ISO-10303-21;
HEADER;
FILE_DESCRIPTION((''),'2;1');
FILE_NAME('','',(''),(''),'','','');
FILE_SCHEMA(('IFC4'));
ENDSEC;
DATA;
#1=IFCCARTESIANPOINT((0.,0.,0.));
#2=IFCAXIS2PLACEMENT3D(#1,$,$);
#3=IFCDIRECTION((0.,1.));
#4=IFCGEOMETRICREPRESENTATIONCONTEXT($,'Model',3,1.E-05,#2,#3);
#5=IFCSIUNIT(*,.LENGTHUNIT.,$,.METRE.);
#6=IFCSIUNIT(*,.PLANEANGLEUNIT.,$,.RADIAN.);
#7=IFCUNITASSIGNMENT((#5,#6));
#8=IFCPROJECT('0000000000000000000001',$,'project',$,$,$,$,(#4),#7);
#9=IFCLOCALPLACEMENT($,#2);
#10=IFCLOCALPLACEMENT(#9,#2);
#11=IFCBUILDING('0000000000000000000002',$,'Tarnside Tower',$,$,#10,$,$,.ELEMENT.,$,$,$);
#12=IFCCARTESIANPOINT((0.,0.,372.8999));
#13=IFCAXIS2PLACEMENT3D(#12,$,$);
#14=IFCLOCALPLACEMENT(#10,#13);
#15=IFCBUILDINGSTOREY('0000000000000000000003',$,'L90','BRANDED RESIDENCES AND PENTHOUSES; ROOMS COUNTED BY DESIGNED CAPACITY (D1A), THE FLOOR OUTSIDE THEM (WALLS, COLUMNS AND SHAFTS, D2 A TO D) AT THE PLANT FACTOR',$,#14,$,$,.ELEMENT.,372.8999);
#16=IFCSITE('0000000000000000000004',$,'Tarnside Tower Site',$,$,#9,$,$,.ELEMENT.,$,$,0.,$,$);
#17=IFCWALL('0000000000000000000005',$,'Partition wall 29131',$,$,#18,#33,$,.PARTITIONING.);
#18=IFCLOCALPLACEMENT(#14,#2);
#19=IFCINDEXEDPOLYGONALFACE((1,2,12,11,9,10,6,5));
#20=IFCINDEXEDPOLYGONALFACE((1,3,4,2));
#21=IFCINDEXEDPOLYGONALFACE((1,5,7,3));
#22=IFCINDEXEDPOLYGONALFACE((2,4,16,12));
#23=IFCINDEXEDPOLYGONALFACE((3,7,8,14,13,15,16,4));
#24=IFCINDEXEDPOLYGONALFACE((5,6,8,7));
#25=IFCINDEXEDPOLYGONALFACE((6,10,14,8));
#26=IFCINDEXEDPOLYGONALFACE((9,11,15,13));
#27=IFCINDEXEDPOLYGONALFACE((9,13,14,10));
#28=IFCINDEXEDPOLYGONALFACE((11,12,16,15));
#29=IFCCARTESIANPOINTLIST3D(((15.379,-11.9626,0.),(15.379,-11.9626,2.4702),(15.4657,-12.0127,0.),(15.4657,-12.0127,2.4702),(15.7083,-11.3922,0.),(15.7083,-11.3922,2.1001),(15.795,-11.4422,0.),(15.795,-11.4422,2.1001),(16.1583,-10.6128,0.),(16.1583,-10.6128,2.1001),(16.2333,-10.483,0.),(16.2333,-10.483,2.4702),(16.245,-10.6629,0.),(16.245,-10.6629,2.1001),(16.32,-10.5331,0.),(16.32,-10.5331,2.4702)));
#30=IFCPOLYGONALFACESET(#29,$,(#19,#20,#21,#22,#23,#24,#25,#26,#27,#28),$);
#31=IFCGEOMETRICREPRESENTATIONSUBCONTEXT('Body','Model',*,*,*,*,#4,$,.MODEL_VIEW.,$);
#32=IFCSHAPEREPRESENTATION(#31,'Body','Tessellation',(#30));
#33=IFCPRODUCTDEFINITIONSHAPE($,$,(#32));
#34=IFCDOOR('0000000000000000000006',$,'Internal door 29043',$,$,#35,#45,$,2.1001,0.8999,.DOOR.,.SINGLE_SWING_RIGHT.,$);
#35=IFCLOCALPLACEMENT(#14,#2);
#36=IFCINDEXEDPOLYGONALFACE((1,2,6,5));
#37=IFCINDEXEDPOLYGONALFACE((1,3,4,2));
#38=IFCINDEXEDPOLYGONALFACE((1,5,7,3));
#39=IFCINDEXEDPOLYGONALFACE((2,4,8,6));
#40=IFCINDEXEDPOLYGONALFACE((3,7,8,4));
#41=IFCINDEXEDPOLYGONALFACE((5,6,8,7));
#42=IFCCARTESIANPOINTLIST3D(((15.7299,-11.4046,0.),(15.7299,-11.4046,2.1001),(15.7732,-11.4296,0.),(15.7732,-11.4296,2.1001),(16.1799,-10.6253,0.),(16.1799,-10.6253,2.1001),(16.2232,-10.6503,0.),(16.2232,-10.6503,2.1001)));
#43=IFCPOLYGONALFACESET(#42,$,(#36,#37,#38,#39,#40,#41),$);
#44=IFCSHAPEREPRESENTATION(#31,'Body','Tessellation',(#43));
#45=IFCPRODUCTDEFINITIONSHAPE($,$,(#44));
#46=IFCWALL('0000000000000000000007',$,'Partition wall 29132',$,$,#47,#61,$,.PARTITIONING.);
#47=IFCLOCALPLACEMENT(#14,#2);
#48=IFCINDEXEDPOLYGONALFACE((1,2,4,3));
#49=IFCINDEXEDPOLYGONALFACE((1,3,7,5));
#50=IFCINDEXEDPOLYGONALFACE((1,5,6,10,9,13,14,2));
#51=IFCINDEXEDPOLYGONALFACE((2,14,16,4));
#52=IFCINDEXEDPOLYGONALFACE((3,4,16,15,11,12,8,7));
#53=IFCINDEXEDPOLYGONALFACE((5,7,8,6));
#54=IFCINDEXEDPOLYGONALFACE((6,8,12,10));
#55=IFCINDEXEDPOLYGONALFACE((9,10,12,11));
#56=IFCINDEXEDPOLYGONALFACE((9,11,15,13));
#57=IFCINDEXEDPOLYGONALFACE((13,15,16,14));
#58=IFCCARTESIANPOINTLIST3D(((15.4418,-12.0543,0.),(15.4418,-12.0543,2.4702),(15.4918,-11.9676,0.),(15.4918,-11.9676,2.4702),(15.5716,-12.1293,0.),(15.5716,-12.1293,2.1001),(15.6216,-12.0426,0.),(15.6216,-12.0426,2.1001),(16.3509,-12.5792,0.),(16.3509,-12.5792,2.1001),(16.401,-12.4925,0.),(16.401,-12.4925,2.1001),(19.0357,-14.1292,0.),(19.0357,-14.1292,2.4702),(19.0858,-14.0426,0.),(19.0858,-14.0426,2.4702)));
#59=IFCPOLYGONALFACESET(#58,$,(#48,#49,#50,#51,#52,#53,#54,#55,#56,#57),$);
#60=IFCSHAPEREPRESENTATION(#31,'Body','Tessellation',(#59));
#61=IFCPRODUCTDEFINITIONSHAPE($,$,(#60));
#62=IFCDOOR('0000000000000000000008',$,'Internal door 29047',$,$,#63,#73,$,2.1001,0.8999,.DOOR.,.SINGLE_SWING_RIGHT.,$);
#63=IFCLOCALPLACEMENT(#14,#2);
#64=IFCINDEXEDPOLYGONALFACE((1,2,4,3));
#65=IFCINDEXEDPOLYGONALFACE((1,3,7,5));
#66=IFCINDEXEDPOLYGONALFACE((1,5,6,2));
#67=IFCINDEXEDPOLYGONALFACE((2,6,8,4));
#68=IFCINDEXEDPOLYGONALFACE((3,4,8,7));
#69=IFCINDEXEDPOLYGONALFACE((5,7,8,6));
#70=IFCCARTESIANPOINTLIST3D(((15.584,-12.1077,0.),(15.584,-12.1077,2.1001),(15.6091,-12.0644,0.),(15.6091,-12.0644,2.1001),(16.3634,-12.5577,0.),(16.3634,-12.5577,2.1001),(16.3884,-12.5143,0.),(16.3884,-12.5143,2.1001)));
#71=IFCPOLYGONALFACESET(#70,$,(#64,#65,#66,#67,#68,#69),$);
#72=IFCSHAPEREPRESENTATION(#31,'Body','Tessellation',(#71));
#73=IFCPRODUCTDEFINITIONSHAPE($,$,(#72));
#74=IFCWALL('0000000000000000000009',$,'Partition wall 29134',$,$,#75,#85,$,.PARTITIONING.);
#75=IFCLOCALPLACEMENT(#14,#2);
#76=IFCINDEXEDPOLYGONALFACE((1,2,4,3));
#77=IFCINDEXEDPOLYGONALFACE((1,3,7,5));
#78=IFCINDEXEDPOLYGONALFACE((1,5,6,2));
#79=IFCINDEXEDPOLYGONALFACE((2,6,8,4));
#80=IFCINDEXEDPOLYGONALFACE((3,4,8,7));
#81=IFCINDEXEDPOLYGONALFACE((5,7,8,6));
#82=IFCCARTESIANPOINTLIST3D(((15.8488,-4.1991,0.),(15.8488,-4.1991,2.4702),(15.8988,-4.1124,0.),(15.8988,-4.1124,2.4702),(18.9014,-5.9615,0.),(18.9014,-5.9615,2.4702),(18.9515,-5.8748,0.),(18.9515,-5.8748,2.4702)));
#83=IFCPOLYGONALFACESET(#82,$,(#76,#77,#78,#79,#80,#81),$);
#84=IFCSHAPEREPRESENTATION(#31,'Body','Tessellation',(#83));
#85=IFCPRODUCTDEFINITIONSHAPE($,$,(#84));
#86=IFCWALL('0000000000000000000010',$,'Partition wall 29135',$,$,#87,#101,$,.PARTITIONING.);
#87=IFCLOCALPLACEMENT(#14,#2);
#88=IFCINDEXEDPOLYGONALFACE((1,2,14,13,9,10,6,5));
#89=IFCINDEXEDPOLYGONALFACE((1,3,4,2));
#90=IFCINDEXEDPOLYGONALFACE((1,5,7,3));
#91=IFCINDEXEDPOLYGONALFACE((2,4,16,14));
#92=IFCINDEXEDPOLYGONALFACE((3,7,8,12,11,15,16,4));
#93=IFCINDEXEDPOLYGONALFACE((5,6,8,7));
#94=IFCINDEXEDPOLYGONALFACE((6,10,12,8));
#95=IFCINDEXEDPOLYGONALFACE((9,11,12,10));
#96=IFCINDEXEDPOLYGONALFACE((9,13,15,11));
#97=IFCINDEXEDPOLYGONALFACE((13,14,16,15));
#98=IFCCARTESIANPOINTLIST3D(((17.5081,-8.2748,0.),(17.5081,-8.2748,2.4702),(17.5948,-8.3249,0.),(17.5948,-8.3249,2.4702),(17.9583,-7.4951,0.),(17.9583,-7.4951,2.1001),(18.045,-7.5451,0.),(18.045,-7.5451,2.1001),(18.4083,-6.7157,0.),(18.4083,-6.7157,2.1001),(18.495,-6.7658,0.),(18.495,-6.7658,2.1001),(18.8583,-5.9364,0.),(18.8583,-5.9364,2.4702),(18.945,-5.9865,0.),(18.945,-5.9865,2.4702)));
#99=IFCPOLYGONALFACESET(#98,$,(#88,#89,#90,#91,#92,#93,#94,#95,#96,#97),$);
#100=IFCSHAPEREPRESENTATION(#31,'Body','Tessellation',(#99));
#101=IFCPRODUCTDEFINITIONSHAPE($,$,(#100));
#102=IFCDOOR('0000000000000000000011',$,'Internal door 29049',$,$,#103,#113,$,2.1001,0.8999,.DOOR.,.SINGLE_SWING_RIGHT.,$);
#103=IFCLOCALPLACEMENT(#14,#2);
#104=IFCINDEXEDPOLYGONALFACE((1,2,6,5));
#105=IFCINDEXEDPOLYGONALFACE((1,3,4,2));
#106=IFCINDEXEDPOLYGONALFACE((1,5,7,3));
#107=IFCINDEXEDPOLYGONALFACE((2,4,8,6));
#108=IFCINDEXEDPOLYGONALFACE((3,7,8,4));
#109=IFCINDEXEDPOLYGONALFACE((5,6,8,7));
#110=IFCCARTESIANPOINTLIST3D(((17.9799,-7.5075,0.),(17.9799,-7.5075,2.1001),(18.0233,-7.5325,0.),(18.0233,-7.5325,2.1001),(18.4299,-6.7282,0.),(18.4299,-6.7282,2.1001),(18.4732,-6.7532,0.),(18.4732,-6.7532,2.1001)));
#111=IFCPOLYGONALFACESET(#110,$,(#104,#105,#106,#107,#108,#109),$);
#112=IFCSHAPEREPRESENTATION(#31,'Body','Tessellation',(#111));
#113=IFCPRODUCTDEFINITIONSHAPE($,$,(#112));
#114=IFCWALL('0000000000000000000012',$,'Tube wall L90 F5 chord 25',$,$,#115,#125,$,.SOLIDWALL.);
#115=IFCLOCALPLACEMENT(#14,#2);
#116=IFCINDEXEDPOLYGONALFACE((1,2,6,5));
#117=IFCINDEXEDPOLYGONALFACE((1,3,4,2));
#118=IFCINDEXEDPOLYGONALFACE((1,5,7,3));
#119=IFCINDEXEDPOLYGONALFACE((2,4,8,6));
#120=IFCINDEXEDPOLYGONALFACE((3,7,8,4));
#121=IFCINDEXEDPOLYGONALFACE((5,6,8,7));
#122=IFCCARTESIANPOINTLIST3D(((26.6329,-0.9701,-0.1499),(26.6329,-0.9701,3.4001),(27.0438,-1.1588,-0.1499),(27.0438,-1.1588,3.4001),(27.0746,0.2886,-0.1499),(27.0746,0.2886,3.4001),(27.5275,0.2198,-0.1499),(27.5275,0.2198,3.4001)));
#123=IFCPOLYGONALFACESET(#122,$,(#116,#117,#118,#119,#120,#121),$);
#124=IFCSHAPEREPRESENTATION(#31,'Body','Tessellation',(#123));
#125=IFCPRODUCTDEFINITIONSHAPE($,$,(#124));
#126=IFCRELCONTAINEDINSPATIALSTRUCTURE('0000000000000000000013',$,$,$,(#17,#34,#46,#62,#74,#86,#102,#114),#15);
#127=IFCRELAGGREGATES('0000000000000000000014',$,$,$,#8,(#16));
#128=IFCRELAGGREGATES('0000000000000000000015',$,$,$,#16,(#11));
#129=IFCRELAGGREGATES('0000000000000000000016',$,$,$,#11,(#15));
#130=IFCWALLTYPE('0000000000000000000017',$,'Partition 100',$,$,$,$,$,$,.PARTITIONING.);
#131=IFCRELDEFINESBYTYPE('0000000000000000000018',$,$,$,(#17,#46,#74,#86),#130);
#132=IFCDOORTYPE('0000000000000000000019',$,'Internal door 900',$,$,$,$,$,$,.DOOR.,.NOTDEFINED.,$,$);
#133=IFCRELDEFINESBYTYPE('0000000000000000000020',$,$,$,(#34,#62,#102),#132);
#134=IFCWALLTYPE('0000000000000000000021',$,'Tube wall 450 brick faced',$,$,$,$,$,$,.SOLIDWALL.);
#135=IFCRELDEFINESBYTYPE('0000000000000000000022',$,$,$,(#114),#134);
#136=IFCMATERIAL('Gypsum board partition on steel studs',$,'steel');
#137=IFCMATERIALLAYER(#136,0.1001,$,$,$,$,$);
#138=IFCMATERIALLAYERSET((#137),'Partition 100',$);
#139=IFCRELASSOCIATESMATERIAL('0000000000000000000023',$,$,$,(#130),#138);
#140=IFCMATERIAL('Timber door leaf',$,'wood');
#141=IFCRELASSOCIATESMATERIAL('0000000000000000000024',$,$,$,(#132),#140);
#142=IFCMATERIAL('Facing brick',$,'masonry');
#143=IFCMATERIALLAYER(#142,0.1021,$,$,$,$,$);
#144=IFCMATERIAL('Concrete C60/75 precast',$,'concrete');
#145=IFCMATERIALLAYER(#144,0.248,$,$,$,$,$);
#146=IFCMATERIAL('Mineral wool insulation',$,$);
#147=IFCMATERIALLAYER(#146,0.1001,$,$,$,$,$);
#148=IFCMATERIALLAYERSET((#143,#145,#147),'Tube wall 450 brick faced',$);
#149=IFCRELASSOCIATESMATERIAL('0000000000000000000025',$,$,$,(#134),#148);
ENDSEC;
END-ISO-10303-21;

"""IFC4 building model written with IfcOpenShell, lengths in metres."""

from ifc_helpers import new_model, si_unit, direction, frame, frame_2d, origin, place, context, subcontext, project, spatial, polyline, rectangle, outline, extrude, material, layer, layer_set, type_object, element, fill, save


model = new_model("IFC4")

# Units and contexts
model_context = context("Model", 3, precision=1e-05, world=origin(), true_north=direction((0.0, 1.0)))
body_context = subcontext(model_context, "Body", "Model", "MODEL_VIEW")
ifc_project = project(units=[si_unit("LENGTHUNIT", "METRE"), si_unit("PLANEANGLEUNIT", "RADIAN")], contexts=[model_context])

# Site, building, storey
site_placement = place(None, origin())
site = spatial("IfcSite", under=ifc_project, at=site_placement, Name="Tarnside Tower Site", CompositionType="ELEMENT", RefElevation=0.0)
building_placement = place(site_placement, origin())
building = spatial("IfcBuilding", under=site, at=building_placement, Name="Tarnside Tower", CompositionType="ELEMENT")
storey_placement = place(building_placement, frame((0.0, 0.0, 372.8999)))
storey = spatial("IfcBuildingStorey", under=building, at=storey_placement, Name="L90", Description="BRANDED RESIDENCES AND PENTHOUSES; ROOMS COUNTED BY DESIGNED CAPACITY (D1A), THE FLOOR OUTSIDE THEM (WALLS, COLUMNS AND SHAFTS, D2 A TO D) AT THE PLANT FACTOR", CompositionType="ELEMENT", Elevation=372.8999)

# Shared definitions
ifc_material_1 = material(Name="Gypsum board partition on steel studs", Category="steel")

# Shared definitions
ifc_material_2 = material(Name="Timber door leaf", Category="wood")

# Walls, openings, doors
ifc_layer_1 = layer(ifc_material_1, 0.1001)
ifc_layer_set_1 = layer_set([ifc_layer_1], Name="Partition 100")
wall_type_1 = type_object("IfcWallType", Name="Partition 100", PredefinedType="PARTITIONING", material=ifc_layer_set_1)
wall_1_placement = place(storey_placement, frame((16.2766, -10.5081, 0.0), z_axis=(0.0, 0.0, 1.0), x_axis=(-0.500028, -0.866009, 0.0)))
wall_1 = element("IfcWall", 1, at=wall_1_placement, inside=storey, type_object=wall_type_1, Name="Partition wall 29131", PredefinedType="PARTITIONING", context=body_context, shape_type="SweptSolid", body=[
    extrude(rectangle(XDim=1.7085, YDim=0.1001, at=frame_2d((0.8542, 0.0))), origin(), (0.0, 0.0, 1.0), 2.4702),
])
opening_1_placement = place(wall_1_placement, frame((0.1499, 0.0, 0.0)))
opening_1 = element("IfcOpeningElement", 2, at=opening_1_placement, cuts=wall_1, PredefinedType="OPENING", context=body_context, shape_type="SweptSolid", body=[
    extrude(rectangle(XDim=0.8999, YDim=2.1001, at=frame_2d((0.45, 1.05))), frame((0.0, 0.0601, 0.0), z_axis=(0.0, -1.0, 0.0), x_axis=(1.0, 0.0, 0.0)), (0.0, 0.0, 1.0), 0.1201),
])
door_type_1 = type_object("IfcDoorType", Name="Internal door 900", OperationType="NOTDEFINED", PredefinedType="DOOR", material=ifc_material_2)
door_1_placement = place(opening_1_placement, origin())
door_1 = element("IfcDoor", 3, at=door_1_placement, inside=storey, type_object=door_type_1, Name="Internal door 29043", OperationType="SINGLE_SWING_RIGHT", OverallHeight=2.1001, OverallWidth=0.8999, PredefinedType="DOOR", context=body_context, shape_type="SweptSolid", body=[
    extrude(rectangle(XDim=0.8999, YDim=2.1001, at=frame_2d((0.45, 1.05))), frame((0.0, 0.0249, 0.0), z_axis=(0.0, -1.0, 0.0), x_axis=(1.0, 0.0, 0.0)), (0.0, 0.0, 1.0), 0.05),
])
fill(opening_1, door_1)
wall_2_placement = place(storey_placement, frame((15.4668, -12.011, 0.0), z_axis=(0.0, 0.0, 1.0), x_axis=(0.86603, -0.499992, 0.0)))
wall_2 = element("IfcWall", 4, at=wall_2_placement, inside=storey, type_object=wall_type_1, Name="Partition wall 29132", PredefinedType="PARTITIONING", context=body_context, shape_type="SweptSolid", body=[
    extrude(rectangle(XDim=4.1499, YDim=0.1001, at=frame_2d((2.075, 0.0))), origin(), (0.0, 0.0, 1.0), 2.4702),
])
opening_2_placement = place(wall_2_placement, frame((0.1499, 0.0, 0.0)))
opening_2 = element("IfcOpeningElement", 5, at=opening_2_placement, cuts=wall_2, PredefinedType="OPENING", context=body_context, shape_type="SweptSolid", body=[
    extrude(rectangle(XDim=0.8999, YDim=2.1001, at=frame_2d((0.45, 1.05))), frame((0.0, 0.0601, 0.0), z_axis=(0.0, -1.0, 0.0), x_axis=(1.0, 0.0, 0.0)), (0.0, 0.0, 1.0), 0.1201),
])
door_2_placement = place(opening_2_placement, origin())
door_2 = element("IfcDoor", 6, at=door_2_placement, inside=storey, type_object=door_type_1, Name="Internal door 29047", OperationType="SINGLE_SWING_RIGHT", OverallHeight=2.1001, OverallWidth=0.8999, PredefinedType="DOOR", context=body_context, shape_type="SweptSolid", body=[
    extrude(rectangle(XDim=0.8999, YDim=2.1001, at=frame_2d((0.45, 1.05))), frame((0.0, 0.0249, 0.0), z_axis=(0.0, -1.0, 0.0), x_axis=(1.0, 0.0, 0.0)), (0.0, 0.0, 1.0), 0.05),
])
fill(opening_2, door_2)

# Wall
wall_3_placement = place(storey_placement, frame((15.8738, -4.1558, 0.0), z_axis=(0.0, 0.0, 1.0), x_axis=(0.866031, -0.49999, 0.0)))
element("IfcWall", 7, at=wall_3_placement, inside=storey, type_object=wall_type_1, Name="Partition wall 29134", PredefinedType="PARTITIONING", context=body_context, shape_type="SweptSolid", body=[
    extrude(rectangle(XDim=3.5249, YDim=0.1001, at=frame_2d((1.7625, 0.0))), origin(), (0.0, 0.0, 1.0), 2.4702),
])

# Wall, opening, door
wall_4_placement = place(storey_placement, frame((18.9016, -5.9614, 0.0), z_axis=(0.0, 0.0, 1.0), x_axis=(-0.500009, -0.86602, 0.0)))
wall_4 = element("IfcWall", 8, at=wall_4_placement, inside=storey, type_object=wall_type_1, Name="Partition wall 29135", PredefinedType="PARTITIONING", context=body_context, shape_type="SweptSolid", body=[
    extrude(rectangle(XDim=2.7002, YDim=0.1001, at=frame_2d((1.3501, 0.0))), origin(), (0.0, 0.0, 1.0), 2.4702),
])
opening_3_placement = place(wall_4_placement, frame((0.8999, 0.0, 0.0)))
opening_3 = element("IfcOpeningElement", 9, at=opening_3_placement, cuts=wall_4, PredefinedType="OPENING", context=body_context, shape_type="SweptSolid", body=[
    extrude(rectangle(XDim=0.8999, YDim=2.1001, at=frame_2d((0.45, 1.05))), frame((0.0, 0.0601, 0.0), z_axis=(0.0, -1.0, 0.0), x_axis=(1.0, 0.0, 0.0)), (0.0, 0.0, 1.0), 0.1201),
])
door_3_placement = place(opening_3_placement, origin())
door_3 = element("IfcDoor", 10, at=door_3_placement, inside=storey, type_object=door_type_1, Name="Internal door 29049", OperationType="SINGLE_SWING_RIGHT", OverallHeight=2.1001, OverallWidth=0.8999, PredefinedType="DOOR", context=body_context, shape_type="SweptSolid", body=[
    extrude(rectangle(XDim=0.8999, YDim=2.1001, at=frame_2d((0.45, 1.05))), frame((0.0, 0.0249, 0.0), z_axis=(0.0, -1.0, 0.0), x_axis=(1.0, 0.0, 0.0)), (0.0, 0.0, 1.0), 0.05),
])
fill(opening_3, door_3)

# Wall
ifc_material_3 = material(Name="Facing brick", Category="masonry")
ifc_layer_2 = layer(ifc_material_3, 0.1021)
ifc_material_4 = material(Name="Concrete C60/75 precast", Category="concrete")
ifc_layer_3 = layer(ifc_material_4, 0.248)
ifc_material_5 = material(Name="Mineral wool insulation")
ifc_layer_4 = layer(ifc_material_5, 0.1001)
ifc_layer_set_2 = layer_set([ifc_layer_2, ifc_layer_3, ifc_layer_4], Name="Tube wall 450 brick faced")
wall_type_2 = type_object("IfcWallType", Name="Tube wall 450 brick faced", PredefinedType="SOLIDWALL", material=ifc_layer_set_2)
wall_5_placement = place(storey_placement, frame((26.8384, -1.0645, -0.1499), z_axis=(0.0, 0.0, 1.0), x_axis=(0.331074, 0.943605, 0.0)))
element("IfcWall", 11, at=wall_5_placement, inside=storey, type_object=wall_type_2, Name="Tube wall L90 F5 chord 25", PredefinedType="SOLIDWALL", context=body_context, shape_type="SweptSolid", body=[
    extrude(outline(polyline([(-0.021, -0.2251), (1.4399, -0.2251), (1.355, 0.2251), (0.021, 0.2251), (-0.021, -0.2251)])), origin(), (0.0, 0.0, 1.0), 3.55),
])

save(model, "model.ifc")
